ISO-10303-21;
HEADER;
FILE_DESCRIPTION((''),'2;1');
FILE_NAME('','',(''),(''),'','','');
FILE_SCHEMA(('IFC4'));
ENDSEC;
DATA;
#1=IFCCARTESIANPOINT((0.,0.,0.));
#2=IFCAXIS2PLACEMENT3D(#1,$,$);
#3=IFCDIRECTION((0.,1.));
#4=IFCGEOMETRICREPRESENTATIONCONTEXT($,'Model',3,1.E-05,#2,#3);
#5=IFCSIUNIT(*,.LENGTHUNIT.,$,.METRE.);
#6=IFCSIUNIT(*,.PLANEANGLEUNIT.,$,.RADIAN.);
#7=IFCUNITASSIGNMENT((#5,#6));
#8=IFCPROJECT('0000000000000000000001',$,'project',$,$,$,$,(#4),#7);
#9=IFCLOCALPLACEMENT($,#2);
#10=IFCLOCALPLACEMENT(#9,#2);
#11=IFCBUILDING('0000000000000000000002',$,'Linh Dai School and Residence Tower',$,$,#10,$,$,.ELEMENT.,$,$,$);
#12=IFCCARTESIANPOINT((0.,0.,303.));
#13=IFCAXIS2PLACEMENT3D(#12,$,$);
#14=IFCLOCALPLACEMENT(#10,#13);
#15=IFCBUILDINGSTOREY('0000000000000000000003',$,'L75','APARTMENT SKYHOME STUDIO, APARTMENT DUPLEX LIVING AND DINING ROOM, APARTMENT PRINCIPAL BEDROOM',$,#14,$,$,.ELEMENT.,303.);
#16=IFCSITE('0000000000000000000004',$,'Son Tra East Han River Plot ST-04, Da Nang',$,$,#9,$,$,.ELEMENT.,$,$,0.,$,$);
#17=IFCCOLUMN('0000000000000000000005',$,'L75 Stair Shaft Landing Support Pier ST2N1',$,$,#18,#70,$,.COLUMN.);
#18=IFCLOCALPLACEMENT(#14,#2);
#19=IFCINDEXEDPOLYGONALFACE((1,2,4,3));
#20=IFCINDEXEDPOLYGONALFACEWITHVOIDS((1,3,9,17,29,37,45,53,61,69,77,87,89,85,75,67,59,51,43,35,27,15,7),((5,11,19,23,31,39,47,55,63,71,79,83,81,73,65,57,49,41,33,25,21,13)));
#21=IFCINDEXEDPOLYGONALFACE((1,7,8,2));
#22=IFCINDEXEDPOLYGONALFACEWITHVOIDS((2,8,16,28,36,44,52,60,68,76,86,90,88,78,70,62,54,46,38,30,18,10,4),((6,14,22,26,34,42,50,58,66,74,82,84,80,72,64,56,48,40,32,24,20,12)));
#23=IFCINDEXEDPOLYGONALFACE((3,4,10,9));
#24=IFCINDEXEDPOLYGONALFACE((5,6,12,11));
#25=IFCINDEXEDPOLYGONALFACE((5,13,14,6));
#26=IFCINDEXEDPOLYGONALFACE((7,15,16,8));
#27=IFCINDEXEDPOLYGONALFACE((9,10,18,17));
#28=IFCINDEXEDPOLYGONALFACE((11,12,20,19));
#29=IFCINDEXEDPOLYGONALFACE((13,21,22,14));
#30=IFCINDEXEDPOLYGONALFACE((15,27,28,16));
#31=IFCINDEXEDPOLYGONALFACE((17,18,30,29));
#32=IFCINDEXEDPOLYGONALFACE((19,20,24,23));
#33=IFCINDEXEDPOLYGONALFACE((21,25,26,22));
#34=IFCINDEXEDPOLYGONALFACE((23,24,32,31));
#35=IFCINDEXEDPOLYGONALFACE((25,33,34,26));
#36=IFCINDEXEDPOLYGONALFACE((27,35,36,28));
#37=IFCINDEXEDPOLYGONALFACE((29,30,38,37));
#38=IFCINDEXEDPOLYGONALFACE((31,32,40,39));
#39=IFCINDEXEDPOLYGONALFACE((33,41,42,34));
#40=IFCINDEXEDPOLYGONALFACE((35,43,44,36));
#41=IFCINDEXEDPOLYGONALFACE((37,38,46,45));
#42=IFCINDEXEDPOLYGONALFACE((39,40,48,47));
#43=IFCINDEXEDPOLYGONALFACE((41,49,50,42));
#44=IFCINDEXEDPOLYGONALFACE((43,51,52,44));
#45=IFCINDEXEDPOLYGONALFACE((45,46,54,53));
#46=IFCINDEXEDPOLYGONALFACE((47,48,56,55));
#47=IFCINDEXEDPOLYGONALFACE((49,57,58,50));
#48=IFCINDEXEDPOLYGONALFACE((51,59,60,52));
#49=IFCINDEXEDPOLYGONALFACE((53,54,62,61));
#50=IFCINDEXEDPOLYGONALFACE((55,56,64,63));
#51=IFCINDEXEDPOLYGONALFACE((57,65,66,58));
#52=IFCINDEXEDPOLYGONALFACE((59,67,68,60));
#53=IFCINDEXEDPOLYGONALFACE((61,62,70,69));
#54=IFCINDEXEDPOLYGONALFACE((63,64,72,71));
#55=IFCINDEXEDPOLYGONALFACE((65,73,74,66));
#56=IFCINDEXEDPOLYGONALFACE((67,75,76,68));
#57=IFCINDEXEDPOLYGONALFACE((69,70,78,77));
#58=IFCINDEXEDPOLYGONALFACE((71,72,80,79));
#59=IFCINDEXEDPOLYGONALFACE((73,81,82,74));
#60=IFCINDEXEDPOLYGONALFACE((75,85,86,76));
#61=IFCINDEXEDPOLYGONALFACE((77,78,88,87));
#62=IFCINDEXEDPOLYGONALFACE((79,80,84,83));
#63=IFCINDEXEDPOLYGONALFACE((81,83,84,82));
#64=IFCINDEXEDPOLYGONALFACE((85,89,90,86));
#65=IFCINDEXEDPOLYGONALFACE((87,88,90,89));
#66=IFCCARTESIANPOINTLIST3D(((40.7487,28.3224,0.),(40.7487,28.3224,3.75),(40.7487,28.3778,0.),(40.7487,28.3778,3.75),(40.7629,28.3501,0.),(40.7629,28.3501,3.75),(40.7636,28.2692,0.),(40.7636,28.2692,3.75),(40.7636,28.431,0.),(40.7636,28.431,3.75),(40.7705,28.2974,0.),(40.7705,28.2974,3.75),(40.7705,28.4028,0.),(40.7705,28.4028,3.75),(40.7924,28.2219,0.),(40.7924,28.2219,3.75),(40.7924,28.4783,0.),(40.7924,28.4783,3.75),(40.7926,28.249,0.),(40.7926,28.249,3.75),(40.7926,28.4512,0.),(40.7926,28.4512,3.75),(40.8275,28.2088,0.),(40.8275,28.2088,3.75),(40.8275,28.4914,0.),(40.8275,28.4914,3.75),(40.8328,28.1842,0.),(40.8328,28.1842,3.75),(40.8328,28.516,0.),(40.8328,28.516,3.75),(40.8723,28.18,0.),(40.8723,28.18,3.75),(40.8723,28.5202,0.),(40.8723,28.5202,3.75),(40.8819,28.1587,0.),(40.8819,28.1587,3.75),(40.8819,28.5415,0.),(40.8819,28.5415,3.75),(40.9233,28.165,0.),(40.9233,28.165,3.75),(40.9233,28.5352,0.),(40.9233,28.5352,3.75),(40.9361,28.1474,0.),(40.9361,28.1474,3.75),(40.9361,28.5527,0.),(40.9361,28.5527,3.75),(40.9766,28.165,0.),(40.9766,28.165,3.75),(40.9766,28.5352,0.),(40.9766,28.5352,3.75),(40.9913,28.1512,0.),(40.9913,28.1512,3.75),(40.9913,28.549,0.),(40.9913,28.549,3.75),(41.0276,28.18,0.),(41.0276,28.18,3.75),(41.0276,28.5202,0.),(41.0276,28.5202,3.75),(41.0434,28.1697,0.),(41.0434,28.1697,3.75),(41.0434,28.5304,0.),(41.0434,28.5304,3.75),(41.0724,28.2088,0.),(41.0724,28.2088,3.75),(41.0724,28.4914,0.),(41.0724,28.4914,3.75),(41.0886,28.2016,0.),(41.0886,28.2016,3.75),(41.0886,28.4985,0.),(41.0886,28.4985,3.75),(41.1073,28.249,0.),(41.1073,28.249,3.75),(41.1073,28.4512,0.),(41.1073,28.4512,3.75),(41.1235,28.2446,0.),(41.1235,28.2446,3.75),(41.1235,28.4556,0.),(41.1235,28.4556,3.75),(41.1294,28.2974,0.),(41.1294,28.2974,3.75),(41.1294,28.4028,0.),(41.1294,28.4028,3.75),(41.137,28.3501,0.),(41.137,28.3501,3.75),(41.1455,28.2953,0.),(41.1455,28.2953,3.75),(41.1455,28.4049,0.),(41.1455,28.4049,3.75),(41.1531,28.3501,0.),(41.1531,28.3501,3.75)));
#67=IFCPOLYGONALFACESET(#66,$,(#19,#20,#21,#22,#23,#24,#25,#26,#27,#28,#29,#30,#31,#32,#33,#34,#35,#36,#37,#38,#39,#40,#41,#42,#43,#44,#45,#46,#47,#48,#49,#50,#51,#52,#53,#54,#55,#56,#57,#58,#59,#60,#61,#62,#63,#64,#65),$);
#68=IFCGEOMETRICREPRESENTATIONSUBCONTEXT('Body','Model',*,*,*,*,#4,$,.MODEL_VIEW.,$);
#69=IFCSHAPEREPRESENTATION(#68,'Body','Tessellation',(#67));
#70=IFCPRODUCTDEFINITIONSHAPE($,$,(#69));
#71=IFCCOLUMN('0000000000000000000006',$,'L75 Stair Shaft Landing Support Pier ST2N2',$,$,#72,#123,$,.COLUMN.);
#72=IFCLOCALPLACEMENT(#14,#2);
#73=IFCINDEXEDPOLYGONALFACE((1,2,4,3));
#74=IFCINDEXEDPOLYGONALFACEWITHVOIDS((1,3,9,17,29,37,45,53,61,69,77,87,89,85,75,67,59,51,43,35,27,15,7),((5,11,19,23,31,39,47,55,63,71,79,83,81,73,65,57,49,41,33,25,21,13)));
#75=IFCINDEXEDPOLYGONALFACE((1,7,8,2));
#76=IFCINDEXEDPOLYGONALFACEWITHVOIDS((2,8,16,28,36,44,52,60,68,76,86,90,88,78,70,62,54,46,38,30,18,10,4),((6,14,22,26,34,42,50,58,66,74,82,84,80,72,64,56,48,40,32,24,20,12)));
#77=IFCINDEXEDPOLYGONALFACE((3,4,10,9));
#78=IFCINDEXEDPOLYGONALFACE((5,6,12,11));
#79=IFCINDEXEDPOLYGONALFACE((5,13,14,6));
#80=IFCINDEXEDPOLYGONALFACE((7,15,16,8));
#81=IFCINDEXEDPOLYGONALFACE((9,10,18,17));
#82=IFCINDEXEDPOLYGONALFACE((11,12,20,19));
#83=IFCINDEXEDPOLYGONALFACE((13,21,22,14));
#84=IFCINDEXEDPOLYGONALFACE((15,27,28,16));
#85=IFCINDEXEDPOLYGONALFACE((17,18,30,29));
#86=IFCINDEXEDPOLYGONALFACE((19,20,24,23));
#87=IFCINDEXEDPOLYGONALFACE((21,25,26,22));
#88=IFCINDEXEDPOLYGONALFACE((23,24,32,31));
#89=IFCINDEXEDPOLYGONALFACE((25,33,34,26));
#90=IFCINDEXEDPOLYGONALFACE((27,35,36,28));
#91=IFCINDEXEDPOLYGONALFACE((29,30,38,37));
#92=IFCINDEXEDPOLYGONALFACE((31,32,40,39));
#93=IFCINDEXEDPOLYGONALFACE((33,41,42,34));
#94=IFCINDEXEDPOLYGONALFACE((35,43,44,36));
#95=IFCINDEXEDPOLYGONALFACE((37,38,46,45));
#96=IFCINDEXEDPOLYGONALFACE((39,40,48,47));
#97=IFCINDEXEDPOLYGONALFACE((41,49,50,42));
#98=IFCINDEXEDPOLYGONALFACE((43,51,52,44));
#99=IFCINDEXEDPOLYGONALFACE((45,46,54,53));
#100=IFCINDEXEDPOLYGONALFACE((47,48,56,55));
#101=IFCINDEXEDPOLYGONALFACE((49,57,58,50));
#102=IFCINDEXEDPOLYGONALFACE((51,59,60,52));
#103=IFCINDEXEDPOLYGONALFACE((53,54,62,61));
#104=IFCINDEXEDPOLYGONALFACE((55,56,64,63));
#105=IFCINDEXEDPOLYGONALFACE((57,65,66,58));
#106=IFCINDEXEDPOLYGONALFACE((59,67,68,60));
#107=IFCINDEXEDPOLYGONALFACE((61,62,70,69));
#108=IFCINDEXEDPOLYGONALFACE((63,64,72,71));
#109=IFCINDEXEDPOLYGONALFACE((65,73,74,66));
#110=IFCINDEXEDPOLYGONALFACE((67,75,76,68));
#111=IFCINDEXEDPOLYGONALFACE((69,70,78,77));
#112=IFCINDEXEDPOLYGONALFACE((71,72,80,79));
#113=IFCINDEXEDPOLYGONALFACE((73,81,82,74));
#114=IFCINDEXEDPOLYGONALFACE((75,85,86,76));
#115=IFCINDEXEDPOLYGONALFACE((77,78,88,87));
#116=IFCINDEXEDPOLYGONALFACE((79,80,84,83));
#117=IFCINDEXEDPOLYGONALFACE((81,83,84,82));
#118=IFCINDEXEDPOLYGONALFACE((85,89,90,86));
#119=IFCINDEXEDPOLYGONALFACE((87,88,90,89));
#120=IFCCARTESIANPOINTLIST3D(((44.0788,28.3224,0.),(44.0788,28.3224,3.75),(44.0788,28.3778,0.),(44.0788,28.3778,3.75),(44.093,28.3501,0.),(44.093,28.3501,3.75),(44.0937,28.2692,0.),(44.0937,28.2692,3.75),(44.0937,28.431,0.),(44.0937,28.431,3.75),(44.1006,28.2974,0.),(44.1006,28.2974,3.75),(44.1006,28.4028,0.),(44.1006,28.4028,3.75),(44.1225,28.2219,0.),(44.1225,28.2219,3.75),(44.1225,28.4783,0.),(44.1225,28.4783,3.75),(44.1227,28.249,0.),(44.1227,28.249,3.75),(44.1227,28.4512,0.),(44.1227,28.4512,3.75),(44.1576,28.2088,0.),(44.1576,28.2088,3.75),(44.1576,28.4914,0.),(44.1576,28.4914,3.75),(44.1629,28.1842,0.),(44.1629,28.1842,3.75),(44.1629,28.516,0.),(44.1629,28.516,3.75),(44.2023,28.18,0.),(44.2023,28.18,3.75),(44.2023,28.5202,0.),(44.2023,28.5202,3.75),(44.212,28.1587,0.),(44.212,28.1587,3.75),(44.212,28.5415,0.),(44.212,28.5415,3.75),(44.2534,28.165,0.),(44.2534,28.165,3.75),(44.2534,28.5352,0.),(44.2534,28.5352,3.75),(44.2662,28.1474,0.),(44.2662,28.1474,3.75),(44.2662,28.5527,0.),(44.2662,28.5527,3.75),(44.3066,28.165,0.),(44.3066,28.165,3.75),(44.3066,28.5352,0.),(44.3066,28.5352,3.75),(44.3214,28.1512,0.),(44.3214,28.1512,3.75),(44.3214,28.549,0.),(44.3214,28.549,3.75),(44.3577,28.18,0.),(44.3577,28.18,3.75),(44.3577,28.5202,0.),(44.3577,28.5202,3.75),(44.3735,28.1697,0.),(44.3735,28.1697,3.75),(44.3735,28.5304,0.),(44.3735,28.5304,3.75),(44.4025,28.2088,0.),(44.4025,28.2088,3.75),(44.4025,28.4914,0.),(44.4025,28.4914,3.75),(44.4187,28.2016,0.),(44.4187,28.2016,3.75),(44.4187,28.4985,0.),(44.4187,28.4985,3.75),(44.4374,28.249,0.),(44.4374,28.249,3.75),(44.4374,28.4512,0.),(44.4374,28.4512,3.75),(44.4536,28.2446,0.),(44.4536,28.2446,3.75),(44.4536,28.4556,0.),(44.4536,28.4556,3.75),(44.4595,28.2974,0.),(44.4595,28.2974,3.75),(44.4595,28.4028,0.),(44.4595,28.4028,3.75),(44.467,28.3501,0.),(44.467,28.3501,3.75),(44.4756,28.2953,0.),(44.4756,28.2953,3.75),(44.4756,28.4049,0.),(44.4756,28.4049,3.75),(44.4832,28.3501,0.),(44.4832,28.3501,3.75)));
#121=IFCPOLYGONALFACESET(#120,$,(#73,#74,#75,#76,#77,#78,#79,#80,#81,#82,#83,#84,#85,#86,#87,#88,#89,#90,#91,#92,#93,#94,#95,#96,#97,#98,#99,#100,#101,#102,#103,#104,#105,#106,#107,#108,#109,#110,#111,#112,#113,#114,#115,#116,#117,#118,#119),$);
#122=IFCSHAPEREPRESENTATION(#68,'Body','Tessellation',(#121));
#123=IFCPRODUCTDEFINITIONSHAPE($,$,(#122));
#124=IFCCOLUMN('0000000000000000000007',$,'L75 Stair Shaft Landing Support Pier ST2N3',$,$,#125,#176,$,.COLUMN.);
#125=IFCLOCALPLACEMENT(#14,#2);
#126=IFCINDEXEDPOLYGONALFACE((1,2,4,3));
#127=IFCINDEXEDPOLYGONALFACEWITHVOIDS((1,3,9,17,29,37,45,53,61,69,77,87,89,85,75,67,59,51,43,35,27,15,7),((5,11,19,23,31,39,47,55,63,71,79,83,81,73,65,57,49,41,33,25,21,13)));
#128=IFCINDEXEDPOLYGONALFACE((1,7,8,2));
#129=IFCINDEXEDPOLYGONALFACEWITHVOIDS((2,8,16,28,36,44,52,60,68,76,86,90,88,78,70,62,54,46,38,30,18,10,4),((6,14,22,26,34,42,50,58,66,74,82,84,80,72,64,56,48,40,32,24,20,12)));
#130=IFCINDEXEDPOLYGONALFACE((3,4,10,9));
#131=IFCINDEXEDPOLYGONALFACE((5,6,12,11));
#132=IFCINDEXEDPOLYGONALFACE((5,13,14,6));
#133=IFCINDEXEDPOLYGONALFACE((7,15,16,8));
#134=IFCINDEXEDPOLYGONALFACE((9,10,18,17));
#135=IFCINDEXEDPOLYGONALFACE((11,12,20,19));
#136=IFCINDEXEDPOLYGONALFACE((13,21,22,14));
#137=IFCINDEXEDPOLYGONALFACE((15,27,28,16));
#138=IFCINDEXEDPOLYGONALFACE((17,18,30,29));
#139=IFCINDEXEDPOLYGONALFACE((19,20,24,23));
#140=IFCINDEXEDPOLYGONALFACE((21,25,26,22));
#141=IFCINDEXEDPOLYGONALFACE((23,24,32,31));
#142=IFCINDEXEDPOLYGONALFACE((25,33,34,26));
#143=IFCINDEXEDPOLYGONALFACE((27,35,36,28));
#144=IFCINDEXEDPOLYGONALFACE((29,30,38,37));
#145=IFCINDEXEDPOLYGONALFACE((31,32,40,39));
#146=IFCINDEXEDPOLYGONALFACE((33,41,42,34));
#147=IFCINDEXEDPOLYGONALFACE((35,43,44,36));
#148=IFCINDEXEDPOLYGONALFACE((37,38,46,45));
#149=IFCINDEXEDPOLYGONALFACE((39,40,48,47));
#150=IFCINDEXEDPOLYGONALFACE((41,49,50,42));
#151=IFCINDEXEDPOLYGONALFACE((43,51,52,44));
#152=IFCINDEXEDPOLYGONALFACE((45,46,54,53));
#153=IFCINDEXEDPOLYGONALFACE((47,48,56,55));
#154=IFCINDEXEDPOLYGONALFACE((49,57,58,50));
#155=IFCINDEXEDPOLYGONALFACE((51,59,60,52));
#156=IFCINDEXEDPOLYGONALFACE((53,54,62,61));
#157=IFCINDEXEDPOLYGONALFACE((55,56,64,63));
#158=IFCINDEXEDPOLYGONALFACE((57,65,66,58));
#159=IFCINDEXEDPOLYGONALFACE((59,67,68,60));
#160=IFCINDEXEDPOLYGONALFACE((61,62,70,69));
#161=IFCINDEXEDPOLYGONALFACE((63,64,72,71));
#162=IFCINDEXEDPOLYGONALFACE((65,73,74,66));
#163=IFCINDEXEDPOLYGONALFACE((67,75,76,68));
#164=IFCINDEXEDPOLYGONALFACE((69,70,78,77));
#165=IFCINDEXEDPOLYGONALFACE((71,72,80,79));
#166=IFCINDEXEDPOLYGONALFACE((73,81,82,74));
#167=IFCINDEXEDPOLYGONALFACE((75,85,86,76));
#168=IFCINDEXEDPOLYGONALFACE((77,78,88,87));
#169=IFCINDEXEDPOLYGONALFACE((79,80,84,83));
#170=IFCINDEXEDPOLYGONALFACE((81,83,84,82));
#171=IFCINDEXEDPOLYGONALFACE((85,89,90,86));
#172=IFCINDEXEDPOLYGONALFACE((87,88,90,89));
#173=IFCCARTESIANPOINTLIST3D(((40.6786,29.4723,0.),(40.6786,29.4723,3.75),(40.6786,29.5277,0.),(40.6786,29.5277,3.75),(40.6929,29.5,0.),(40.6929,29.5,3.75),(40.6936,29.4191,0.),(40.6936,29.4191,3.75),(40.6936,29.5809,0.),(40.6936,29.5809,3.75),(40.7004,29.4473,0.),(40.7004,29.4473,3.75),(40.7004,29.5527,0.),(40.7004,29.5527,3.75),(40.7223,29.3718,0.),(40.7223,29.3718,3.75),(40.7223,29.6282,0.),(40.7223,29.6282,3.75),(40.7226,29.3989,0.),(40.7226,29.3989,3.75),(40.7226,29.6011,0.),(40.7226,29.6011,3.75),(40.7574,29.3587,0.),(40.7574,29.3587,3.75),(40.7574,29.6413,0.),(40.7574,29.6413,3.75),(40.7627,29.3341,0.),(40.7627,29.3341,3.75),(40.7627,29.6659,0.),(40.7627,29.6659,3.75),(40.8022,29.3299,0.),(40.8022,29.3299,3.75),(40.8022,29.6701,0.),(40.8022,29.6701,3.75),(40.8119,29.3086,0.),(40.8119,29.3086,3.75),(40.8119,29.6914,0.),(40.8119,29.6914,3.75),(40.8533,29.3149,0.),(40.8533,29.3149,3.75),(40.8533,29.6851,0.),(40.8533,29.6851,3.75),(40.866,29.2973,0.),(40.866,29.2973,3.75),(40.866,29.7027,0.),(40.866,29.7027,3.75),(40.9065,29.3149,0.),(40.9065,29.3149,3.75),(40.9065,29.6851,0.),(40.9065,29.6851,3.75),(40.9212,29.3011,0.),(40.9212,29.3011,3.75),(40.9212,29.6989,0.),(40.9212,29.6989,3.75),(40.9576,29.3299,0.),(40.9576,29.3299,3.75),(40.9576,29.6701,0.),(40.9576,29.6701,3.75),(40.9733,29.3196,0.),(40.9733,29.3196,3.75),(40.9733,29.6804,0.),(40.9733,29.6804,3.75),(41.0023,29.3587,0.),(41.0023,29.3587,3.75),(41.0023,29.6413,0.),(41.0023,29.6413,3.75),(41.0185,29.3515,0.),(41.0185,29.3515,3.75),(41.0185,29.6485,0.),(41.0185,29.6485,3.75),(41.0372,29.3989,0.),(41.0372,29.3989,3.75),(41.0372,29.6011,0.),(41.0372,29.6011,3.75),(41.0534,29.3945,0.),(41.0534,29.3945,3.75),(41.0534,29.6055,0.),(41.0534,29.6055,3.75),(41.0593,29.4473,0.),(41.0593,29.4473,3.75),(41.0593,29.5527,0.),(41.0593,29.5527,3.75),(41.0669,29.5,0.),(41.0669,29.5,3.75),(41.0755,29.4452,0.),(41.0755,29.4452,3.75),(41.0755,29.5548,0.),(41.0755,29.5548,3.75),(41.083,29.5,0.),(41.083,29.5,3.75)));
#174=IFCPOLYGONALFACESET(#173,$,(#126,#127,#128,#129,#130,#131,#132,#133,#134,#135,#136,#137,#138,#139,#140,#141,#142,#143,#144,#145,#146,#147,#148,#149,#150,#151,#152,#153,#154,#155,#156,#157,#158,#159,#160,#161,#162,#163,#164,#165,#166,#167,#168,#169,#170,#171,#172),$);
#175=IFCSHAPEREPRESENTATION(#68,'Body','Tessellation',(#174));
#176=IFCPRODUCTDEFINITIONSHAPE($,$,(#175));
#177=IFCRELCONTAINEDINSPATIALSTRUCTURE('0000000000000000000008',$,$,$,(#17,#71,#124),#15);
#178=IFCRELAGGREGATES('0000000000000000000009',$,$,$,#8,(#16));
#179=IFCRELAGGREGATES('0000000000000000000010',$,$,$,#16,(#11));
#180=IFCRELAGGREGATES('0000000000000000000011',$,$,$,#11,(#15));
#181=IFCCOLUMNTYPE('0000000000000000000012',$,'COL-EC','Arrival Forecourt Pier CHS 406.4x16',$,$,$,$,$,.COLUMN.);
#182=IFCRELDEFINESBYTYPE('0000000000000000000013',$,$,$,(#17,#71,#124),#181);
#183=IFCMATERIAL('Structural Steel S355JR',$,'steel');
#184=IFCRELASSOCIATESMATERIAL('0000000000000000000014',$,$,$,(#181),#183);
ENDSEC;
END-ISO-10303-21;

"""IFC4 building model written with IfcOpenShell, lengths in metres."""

from ifc_helpers import new_model, si_unit, direction, frame, origin, origin_2d, place, context, subcontext, project, spatial, hollow_circle, extrude, material, material_profile, profile_set, type_object, element, save


model = new_model("IFC4")

# Units and contexts
model_context = context("Model", 3, precision=1e-05, world=origin(), true_north=direction((0.0, 1.0)))
body_context = subcontext(model_context, "Body", "Model", "MODEL_VIEW")
ifc_project = project(units=[si_unit("LENGTHUNIT", "METRE"), si_unit("PLANEANGLEUNIT", "RADIAN")], contexts=[model_context])

# Site, building, storey
site_placement = place(None, origin())
site = spatial("IfcSite", under=ifc_project, at=site_placement, Name="Son Tra East Han River Plot ST-04, Da Nang", CompositionType="ELEMENT", RefElevation=0.0)
building_placement = place(site_placement, origin())
building = spatial("IfcBuilding", under=site, at=building_placement, Name="Linh Dai School and Residence Tower", CompositionType="ELEMENT")
storey_placement = place(building_placement, frame((0.0, 0.0, 303.0)))
storey = spatial("IfcBuildingStorey", under=building, at=storey_placement, Name="L75", Description="APARTMENT SKYHOME STUDIO, APARTMENT DUPLEX LIVING AND DINING ROOM, APARTMENT PRINCIPAL BEDROOM", CompositionType="ELEMENT", Elevation=303.0)

# Columns
ifc_material_1 = material(Name="Structural Steel S355JR", Category="steel")
ifc_material_profile_1 = material_profile(ifc_material_1, hollow_circle(Radius=0.2031, WallThickness=0.0161, at=origin_2d()), Name="CHS 406.4x16")
ifc_profile_set_1 = profile_set([ifc_material_profile_1], Name="Structural Steel S355JR")
column_type_1 = type_object("IfcColumnType", Name="COL-EC", Description="Arrival Forecourt Pier CHS 406.4x16", PredefinedType="COLUMN", material=ifc_profile_set_1)
for number, where, z_axis, x_axis, name in (
    (1, (40.95, 28.3501, 0.0), (0.0, 0.0, 1.0), (1.0, 0.0, 0.0), "L75 Stair Shaft Landing Support Pier ST2N1"),
    (2, (44.28, 28.3501, 0.0), (0.0, 0.0, 1.0), (1.0, 0.0, 0.0), "L75 Stair Shaft Landing Support Pier ST2N2"),
    (3, (40.8799, 29.5, 0.0), (0.0, 0.0, 1.0), (1.0, 0.0, 0.0), "L75 Stair Shaft Landing Support Pier ST2N3"),
):
    element("IfcColumn", number, at=place(storey_placement, frame(where, z_axis=z_axis, x_axis=x_axis)), inside=storey, type_object=column_type_1, Name=name, PredefinedType="COLUMN", context=body_context, shape_type="SweptSolid", body=[
        extrude(hollow_circle(Radius=0.2031, WallThickness=0.0161, at=origin_2d()), origin(), (0.0, 0.0, 1.0), 3.75),
    ])

save(model, "model.ifc")
